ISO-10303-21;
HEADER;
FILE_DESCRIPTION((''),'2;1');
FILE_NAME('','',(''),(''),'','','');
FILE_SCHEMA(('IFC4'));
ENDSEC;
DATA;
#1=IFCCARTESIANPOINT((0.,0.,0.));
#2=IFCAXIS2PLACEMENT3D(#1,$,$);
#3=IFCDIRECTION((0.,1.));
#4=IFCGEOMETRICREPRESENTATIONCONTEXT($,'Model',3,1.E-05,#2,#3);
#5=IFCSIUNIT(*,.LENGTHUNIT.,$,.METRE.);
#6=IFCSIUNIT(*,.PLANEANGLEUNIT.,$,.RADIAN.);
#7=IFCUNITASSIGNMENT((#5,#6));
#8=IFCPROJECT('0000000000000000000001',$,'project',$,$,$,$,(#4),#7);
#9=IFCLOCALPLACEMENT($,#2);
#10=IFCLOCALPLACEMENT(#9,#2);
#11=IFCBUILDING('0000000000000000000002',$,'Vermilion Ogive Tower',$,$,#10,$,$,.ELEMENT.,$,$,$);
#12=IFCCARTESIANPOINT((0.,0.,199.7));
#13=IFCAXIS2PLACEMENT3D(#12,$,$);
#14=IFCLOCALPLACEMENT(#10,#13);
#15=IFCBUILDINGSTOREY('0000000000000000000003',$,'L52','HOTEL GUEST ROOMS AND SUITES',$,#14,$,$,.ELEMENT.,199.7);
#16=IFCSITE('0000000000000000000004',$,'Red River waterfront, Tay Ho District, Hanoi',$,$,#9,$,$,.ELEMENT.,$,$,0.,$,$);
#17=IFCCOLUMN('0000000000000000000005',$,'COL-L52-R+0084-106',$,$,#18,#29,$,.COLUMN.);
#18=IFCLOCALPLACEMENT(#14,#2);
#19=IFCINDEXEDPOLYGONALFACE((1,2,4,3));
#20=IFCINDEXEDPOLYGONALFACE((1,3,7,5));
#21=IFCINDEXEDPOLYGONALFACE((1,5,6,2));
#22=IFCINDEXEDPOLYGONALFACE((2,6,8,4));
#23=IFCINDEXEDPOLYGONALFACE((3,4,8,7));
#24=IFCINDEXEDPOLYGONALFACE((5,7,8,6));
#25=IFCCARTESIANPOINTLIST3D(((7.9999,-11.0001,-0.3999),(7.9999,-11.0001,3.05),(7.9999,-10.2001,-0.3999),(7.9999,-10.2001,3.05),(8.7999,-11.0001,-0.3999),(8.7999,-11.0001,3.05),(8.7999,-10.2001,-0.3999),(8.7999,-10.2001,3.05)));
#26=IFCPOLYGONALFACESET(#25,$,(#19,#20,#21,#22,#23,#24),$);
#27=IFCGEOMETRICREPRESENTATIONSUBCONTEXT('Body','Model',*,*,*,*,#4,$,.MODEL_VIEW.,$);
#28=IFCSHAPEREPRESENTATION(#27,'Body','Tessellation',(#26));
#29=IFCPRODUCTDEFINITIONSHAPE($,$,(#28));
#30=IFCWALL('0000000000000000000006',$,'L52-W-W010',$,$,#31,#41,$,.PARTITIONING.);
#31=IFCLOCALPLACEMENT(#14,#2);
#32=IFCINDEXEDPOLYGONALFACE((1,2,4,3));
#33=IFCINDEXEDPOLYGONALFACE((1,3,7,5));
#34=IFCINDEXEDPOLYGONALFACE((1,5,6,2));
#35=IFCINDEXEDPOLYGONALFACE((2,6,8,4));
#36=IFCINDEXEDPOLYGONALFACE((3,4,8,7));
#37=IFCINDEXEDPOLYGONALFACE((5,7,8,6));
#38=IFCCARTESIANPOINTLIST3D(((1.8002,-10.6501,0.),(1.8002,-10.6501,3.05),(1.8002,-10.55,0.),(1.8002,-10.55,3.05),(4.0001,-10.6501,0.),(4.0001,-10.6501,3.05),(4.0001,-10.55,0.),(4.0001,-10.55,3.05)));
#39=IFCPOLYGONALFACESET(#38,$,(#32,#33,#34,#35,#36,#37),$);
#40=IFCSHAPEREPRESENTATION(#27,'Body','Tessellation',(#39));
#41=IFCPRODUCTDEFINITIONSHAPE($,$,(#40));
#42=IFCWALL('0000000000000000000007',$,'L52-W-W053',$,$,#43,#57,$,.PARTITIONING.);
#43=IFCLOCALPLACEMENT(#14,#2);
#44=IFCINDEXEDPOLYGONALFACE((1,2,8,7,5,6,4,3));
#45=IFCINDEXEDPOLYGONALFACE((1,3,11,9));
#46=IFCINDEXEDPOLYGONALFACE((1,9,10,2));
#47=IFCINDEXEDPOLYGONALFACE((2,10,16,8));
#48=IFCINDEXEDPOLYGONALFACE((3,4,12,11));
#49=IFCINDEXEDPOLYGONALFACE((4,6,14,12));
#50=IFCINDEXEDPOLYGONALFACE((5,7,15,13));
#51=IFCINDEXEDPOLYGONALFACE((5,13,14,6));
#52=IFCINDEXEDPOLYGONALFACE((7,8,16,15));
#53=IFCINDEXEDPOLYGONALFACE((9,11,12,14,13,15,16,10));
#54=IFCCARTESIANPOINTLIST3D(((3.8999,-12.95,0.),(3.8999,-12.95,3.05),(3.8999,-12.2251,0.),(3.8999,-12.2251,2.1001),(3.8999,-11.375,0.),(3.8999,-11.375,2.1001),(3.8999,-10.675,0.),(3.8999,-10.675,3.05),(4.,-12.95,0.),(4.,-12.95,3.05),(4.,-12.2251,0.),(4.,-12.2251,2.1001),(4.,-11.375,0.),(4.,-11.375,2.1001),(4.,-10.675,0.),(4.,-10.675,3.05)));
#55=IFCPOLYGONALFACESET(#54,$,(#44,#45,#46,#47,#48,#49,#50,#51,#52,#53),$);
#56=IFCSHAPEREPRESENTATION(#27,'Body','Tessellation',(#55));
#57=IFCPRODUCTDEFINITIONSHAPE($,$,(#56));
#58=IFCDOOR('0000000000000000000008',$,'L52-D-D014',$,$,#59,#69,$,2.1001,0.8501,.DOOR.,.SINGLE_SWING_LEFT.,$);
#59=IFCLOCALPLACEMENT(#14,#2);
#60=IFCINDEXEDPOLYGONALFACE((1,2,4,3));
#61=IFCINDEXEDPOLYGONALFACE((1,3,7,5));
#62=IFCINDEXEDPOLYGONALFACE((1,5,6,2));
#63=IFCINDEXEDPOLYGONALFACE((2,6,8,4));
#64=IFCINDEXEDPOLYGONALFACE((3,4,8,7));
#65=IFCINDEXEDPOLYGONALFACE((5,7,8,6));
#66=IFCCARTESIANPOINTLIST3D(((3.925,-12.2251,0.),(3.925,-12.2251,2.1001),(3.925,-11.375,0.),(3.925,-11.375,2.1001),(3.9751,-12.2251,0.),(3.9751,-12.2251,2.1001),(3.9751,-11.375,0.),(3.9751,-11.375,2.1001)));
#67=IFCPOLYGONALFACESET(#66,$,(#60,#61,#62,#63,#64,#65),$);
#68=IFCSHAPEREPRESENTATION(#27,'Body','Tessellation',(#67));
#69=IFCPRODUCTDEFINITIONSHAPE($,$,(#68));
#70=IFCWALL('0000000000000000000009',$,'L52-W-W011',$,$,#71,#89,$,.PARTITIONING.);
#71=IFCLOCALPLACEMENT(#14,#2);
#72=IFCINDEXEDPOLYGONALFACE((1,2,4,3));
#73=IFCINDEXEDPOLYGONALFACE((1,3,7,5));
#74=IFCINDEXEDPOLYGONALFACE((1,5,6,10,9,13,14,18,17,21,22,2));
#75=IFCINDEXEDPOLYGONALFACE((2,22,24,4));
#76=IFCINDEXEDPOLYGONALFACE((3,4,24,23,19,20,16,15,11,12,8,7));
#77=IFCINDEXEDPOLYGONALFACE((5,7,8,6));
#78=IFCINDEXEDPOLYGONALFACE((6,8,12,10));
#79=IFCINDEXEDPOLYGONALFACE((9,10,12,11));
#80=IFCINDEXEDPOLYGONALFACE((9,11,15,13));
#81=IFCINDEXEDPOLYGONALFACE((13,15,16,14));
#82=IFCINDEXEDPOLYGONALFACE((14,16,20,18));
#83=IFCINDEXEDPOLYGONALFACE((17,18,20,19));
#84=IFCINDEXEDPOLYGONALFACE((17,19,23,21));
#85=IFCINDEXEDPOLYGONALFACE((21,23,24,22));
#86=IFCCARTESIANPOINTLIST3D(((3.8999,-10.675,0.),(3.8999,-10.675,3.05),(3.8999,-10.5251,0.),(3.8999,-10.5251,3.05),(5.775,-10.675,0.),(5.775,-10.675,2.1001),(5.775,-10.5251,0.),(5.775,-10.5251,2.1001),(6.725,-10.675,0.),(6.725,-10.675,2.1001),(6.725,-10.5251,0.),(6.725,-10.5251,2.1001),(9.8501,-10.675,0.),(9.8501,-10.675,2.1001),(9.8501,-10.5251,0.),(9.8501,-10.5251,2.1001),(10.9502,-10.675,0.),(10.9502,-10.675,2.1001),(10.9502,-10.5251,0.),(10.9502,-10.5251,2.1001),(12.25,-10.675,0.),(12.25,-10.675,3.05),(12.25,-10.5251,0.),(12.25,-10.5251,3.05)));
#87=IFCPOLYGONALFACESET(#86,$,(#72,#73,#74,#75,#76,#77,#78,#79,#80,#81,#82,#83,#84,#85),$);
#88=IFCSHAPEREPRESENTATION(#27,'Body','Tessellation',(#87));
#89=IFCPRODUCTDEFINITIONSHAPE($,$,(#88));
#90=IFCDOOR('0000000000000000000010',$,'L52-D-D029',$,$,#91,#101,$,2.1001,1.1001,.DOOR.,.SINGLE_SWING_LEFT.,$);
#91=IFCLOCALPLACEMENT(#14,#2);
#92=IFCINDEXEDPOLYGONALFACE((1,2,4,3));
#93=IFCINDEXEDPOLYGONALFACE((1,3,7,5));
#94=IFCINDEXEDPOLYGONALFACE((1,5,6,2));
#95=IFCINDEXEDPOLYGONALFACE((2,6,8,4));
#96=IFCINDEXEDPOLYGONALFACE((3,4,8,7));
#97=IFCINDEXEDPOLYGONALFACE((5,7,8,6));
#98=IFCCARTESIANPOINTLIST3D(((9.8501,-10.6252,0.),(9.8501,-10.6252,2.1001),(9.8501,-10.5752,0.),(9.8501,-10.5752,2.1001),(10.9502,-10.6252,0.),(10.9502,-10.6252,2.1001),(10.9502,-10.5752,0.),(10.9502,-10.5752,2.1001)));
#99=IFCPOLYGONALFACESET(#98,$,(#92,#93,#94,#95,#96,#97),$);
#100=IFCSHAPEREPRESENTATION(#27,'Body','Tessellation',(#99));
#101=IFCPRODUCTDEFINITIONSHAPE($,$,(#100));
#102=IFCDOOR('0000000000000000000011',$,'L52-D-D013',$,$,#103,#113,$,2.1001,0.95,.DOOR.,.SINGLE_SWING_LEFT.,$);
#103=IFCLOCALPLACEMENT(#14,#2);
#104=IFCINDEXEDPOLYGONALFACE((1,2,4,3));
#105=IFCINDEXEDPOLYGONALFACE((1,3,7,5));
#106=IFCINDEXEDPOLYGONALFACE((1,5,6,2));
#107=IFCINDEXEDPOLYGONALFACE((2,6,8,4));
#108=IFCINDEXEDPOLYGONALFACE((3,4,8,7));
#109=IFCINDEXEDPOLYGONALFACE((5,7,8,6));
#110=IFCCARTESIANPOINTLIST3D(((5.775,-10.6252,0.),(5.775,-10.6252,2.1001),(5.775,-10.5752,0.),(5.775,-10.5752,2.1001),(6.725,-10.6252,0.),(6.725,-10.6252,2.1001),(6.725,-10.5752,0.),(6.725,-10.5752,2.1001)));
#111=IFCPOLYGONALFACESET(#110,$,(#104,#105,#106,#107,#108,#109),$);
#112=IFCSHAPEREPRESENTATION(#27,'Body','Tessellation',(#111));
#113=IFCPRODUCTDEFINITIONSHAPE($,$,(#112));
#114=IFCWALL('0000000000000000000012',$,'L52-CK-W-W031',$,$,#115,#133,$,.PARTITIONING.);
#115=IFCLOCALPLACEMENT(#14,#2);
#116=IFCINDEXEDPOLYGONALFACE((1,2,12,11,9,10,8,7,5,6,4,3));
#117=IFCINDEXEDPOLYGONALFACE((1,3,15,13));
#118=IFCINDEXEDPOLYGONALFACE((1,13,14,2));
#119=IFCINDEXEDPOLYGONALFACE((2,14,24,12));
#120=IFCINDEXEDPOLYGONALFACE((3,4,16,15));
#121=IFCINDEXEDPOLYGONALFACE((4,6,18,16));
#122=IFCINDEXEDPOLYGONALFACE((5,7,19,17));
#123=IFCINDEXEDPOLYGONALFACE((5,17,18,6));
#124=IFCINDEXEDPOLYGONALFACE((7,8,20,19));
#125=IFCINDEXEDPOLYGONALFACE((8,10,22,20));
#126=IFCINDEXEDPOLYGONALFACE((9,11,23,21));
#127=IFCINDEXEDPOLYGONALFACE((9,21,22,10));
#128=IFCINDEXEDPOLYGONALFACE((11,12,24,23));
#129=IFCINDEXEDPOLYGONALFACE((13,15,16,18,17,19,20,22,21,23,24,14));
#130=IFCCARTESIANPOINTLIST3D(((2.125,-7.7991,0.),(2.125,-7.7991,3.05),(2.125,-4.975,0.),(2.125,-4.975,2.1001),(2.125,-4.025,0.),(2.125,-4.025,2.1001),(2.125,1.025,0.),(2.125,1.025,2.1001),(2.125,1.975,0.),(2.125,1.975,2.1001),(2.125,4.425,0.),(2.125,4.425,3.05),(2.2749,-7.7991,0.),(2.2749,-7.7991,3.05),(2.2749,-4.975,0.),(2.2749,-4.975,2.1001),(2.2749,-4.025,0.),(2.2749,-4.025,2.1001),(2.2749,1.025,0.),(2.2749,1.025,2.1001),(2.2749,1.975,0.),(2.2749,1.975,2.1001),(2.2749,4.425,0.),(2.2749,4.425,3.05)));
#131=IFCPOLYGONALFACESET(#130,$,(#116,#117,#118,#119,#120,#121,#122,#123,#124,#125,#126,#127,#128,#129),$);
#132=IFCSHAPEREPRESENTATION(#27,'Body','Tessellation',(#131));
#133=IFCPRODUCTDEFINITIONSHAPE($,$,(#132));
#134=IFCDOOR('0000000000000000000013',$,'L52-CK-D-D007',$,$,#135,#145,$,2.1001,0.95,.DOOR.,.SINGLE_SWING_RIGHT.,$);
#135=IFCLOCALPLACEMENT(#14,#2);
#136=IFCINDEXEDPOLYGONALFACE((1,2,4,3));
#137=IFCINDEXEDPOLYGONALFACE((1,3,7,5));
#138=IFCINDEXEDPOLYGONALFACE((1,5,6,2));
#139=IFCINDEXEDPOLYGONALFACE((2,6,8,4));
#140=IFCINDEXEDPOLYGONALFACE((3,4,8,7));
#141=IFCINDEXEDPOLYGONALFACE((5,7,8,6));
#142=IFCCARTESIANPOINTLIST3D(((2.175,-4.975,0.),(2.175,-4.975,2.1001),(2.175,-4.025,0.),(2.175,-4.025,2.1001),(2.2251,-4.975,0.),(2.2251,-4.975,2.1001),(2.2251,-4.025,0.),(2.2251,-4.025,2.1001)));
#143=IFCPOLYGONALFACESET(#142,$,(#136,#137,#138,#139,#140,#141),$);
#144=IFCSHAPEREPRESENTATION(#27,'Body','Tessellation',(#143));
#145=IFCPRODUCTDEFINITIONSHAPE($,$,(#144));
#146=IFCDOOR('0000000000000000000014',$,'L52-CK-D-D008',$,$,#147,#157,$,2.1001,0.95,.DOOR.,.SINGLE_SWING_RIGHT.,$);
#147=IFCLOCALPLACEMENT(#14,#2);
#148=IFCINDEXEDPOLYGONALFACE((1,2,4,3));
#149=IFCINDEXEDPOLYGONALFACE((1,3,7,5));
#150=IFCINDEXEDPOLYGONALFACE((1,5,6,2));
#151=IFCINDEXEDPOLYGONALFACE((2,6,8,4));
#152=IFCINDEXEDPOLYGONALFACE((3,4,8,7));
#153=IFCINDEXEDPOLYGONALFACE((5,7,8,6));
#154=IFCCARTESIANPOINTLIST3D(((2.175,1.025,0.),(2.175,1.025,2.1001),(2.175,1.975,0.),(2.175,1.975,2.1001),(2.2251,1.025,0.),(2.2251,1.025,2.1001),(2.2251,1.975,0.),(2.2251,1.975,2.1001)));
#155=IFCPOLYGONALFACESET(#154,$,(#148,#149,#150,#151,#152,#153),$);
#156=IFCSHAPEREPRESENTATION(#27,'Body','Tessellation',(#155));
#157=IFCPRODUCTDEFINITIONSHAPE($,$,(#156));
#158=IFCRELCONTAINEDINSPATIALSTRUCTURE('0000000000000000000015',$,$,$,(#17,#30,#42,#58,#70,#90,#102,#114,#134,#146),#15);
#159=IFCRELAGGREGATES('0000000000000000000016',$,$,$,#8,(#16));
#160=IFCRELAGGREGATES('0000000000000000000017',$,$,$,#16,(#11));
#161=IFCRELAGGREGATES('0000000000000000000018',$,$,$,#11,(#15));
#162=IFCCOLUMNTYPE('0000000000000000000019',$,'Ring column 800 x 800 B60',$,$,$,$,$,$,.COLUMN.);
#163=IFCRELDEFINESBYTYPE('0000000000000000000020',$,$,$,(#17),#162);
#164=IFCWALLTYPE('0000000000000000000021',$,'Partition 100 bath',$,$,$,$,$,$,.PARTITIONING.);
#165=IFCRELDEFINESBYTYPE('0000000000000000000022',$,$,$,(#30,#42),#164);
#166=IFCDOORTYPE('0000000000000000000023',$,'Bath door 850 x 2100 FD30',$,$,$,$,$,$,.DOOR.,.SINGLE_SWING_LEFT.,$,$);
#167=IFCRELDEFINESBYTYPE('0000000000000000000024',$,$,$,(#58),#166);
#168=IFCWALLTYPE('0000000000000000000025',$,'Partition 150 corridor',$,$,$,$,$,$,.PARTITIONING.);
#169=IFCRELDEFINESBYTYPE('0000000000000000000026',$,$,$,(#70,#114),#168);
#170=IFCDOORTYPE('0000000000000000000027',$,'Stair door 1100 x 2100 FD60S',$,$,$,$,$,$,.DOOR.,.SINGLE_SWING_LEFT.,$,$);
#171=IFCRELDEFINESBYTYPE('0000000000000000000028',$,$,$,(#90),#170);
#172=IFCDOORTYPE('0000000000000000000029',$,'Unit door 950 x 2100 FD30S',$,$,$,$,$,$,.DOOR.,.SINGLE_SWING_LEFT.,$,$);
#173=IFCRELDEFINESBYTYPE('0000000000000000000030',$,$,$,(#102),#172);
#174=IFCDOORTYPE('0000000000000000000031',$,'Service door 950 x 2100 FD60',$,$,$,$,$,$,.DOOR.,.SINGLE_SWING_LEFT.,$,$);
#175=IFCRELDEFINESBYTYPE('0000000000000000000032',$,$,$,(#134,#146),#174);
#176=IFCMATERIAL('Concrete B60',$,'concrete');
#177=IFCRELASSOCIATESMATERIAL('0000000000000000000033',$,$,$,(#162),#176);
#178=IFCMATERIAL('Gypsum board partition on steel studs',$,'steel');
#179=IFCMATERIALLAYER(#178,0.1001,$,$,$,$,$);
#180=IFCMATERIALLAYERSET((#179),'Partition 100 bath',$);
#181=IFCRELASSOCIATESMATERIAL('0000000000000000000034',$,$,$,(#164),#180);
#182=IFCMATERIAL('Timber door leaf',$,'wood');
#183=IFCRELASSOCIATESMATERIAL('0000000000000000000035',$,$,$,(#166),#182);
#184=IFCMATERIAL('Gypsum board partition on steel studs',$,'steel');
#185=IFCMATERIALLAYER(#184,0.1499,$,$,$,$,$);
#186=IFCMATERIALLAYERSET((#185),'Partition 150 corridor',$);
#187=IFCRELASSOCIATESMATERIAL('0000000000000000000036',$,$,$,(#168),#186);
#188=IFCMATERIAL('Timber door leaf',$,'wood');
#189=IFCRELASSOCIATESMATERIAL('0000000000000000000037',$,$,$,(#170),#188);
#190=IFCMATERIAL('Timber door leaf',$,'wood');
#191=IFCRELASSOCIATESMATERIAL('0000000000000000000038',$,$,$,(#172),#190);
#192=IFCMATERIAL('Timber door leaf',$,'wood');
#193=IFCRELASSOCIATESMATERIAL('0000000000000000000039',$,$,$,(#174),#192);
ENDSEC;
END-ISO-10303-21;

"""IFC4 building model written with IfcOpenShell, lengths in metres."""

from ifc_helpers import new_model, si_unit, direction, frame, frame_2d, origin, origin_2d, place, context, subcontext, project, spatial, rectangle, extrude, material, layer, layer_set, material_profile, profile_set, type_object, element, fill, save


model = new_model("IFC4")

# Units and contexts
model_context = context("Model", 3, precision=1e-05, world=origin(), true_north=direction((0.0, 1.0)))
body_context = subcontext(model_context, "Body", "Model", "MODEL_VIEW")
ifc_project = project(units=[si_unit("LENGTHUNIT", "METRE"), si_unit("PLANEANGLEUNIT", "RADIAN")], contexts=[model_context])

# Site, building, storey
site_placement = place(None, origin())
site = spatial("IfcSite", under=ifc_project, at=site_placement, Name="Red River waterfront, Tay Ho District, Hanoi", CompositionType="ELEMENT", RefElevation=0.0)
building_placement = place(site_placement, origin())
building = spatial("IfcBuilding", under=site, at=building_placement, Name="Vermilion Ogive Tower", CompositionType="ELEMENT")
storey_placement = place(building_placement, frame((0.0, 0.0, 199.7)))
storey = spatial("IfcBuildingStorey", under=building, at=storey_placement, Name="L52", Description="HOTEL GUEST ROOMS AND SUITES", CompositionType="ELEMENT", Elevation=199.7)

# Column
ifc_material_1 = material(Name="Concrete B60", Category="concrete")
ifc_material_profile = material_profile(ifc_material_1, rectangle(XDim=0.8, YDim=0.8, at=origin_2d()), Name="800 x 800")
ifc_profile_set = profile_set([ifc_material_profile], Name="Concrete B60")
column_type = type_object("IfcColumnType", Name="Ring column 800 x 800 B60", PredefinedType="COLUMN", material=ifc_profile_set)
column_placement = place(storey_placement, frame((8.3999, -10.6001, -0.3999), z_axis=(0.0, 0.0, 1.0), x_axis=(1.0, 0.0, 0.0)))
element("IfcColumn", 1, at=column_placement, inside=storey, type_object=column_type, Name="COL-L52-R+0084-106", PredefinedType="COLUMN", context=body_context, shape_type="SweptSolid", body=[
    extrude(rectangle(XDim=0.8, YDim=0.8, at=origin_2d()), origin(), (0.0, 0.0, 1.0), 3.45),
])

# Wall
ifc_material_2 = material(Name="Gypsum board partition on steel studs", Category="steel")
ifc_layer_1 = layer(ifc_material_2, 0.1001)
ifc_layer_set_1 = layer_set([ifc_layer_1], Name="Partition 100 bath")
wall_type_1 = type_object("IfcWallType", Name="Partition 100 bath", PredefinedType="PARTITIONING", material=ifc_layer_set_1)
wall_1_placement = place(storey_placement, frame((1.8, -10.6001, 0.0), z_axis=(0.0, 0.0, 1.0), x_axis=(1.0, 0.0, 0.0)))
element("IfcWall", 2, at=wall_1_placement, inside=storey, type_object=wall_type_1, Name="L52-W-W010", PredefinedType="PARTITIONING", context=body_context, shape_type="SweptSolid", body=[
    extrude(rectangle(XDim=2.2, YDim=0.1001, at=frame_2d((1.1001, 0.0))), origin(), (0.0, 0.0, 1.0), 3.05),
])

# Wall, opening, door
wall_2_placement = place(storey_placement, frame((3.95, -12.95, 0.0), z_axis=(0.0, 0.0, 1.0), x_axis=(0.0, 1.0, 0.0)))
wall_2 = element("IfcWall", 3, at=wall_2_placement, inside=storey, type_object=wall_type_1, Name="L52-W-W053", PredefinedType="PARTITIONING", context=body_context, shape_type="SweptSolid", body=[
    extrude(rectangle(XDim=2.2749, YDim=0.1001, at=frame_2d((1.1375, 0.0))), origin(), (0.0, 0.0, 1.0), 3.05),
])
opening_1_placement = place(wall_2_placement, frame((0.7249, 0.0, 0.0)))
opening_1 = element("IfcOpeningElement", 4, at=opening_1_placement, cuts=wall_2, PredefinedType="OPENING", context=body_context, shape_type="SweptSolid", body=[
    extrude(rectangle(XDim=0.8501, YDim=2.1001, at=frame_2d((0.425, 1.05))), frame((0.0, 0.0601, 0.0), z_axis=(0.0, -1.0, 0.0), x_axis=(1.0, 0.0, 0.0)), (0.0, 0.0, 1.0), 0.1201),
])
ifc_material_3 = material(Name="Timber door leaf", Category="wood")
door_type_1 = type_object("IfcDoorType", Name="Bath door 850 x 2100 FD30", OperationType="SINGLE_SWING_LEFT", PredefinedType="DOOR", material=ifc_material_3)
door_1_placement = place(opening_1_placement, origin())
door_1 = element("IfcDoor", 5, at=door_1_placement, inside=storey, type_object=door_type_1, Name="L52-D-D014", OperationType="SINGLE_SWING_LEFT", OverallHeight=2.1001, OverallWidth=0.8501, PredefinedType="DOOR", context=body_context, shape_type="SweptSolid", body=[
    extrude(rectangle(XDim=0.8501, YDim=2.1001, at=frame_2d((0.425, 1.05))), frame((0.0, 0.0249, 0.0), z_axis=(0.0, -1.0, 0.0), x_axis=(1.0, 0.0, 0.0)), (0.0, 0.0, 1.0), 0.05),
])
fill(opening_1, door_1)

# Walls, openings, doors
ifc_material_4 = material(Name="Gypsum board partition on steel studs", Category="steel")
ifc_layer_2 = layer(ifc_material_4, 0.1499)
ifc_layer_set_2 = layer_set([ifc_layer_2], Name="Partition 150 corridor")
wall_type_2 = type_object("IfcWallType", Name="Partition 150 corridor", PredefinedType="PARTITIONING", material=ifc_layer_set_2)
wall_3_placement = place(storey_placement, frame((3.8999, -10.6001, 0.0), z_axis=(0.0, 0.0, 1.0), x_axis=(1.0, 0.0, 0.0)))
wall_3 = element("IfcWall", 6, at=wall_3_placement, inside=storey, type_object=wall_type_2, Name="L52-W-W011", PredefinedType="PARTITIONING", context=body_context, shape_type="SweptSolid", body=[
    extrude(rectangle(XDim=8.3501, YDim=0.1499, at=frame_2d((4.175, 0.0))), origin(), (0.0, 0.0, 1.0), 3.05),
])
opening_2_placement = place(wall_3_placement, frame((1.875, 0.0, 0.0)))
opening_2 = element("IfcOpeningElement", 7, at=opening_2_placement, cuts=wall_3, PredefinedType="OPENING", context=body_context, shape_type="SweptSolid", body=[
    extrude(rectangle(XDim=0.95, YDim=2.1001, at=frame_2d((0.4751, 1.05))), frame((0.0, 0.085, 0.0), z_axis=(0.0, -1.0, 0.0), x_axis=(1.0, 0.0, 0.0)), (0.0, 0.0, 1.0), 0.1699),
])
opening_3_placement = place(wall_3_placement, frame((5.9502, 0.0, 0.0)))
opening_3 = element("IfcOpeningElement", 8, at=opening_3_placement, cuts=wall_3, PredefinedType="OPENING", context=body_context, shape_type="SweptSolid", body=[
    extrude(rectangle(XDim=1.1001, YDim=2.1001, at=frame_2d((0.55, 1.05))), frame((0.0, 0.085, 0.0), z_axis=(0.0, -1.0, 0.0), x_axis=(1.0, 0.0, 0.0)), (0.0, 0.0, 1.0), 0.1699),
])
ifc_material_5 = material(Name="Timber door leaf", Category="wood")
door_type_2 = type_object("IfcDoorType", Name="Stair door 1100 x 2100 FD60S", OperationType="SINGLE_SWING_LEFT", PredefinedType="DOOR", material=ifc_material_5)
door_2_placement = place(opening_3_placement, origin())
door_2 = element("IfcDoor", 9, at=door_2_placement, inside=storey, type_object=door_type_2, Name="L52-D-D029", OperationType="SINGLE_SWING_LEFT", OverallHeight=2.1001, OverallWidth=1.1001, PredefinedType="DOOR", context=body_context, shape_type="SweptSolid", body=[
    extrude(rectangle(XDim=1.1001, YDim=2.1001, at=frame_2d((0.55, 1.05))), frame((0.0, 0.0249, 0.0), z_axis=(0.0, -1.0, 0.0), x_axis=(1.0, 0.0, 0.0)), (0.0, 0.0, 1.0), 0.05),
])
fill(opening_3, door_2)
ifc_material_6 = material(Name="Timber door leaf", Category="wood")
door_type_3 = type_object("IfcDoorType", Name="Unit door 950 x 2100 FD30S", OperationType="SINGLE_SWING_LEFT", PredefinedType="DOOR", material=ifc_material_6)
door_3_placement = place(opening_2_placement, origin())
door_3 = element("IfcDoor", 10, at=door_3_placement, inside=storey, type_object=door_type_3, Name="L52-D-D013", OperationType="SINGLE_SWING_LEFT", OverallHeight=2.1001, OverallWidth=0.95, PredefinedType="DOOR", context=body_context, shape_type="SweptSolid", body=[
    extrude(rectangle(XDim=0.95, YDim=2.1001, at=frame_2d((0.4751, 1.05))), frame((0.0, 0.0249, 0.0), z_axis=(0.0, -1.0, 0.0), x_axis=(1.0, 0.0, 0.0)), (0.0, 0.0, 1.0), 0.05),
])
fill(opening_2, door_3)
wall_4_placement = place(storey_placement, frame((2.2, -7.7991, 0.0), z_axis=(0.0, 0.0, 1.0), x_axis=(0.0, 1.0, 0.0)))
wall_4 = element("IfcWall", 11, at=wall_4_placement, inside=storey, type_object=wall_type_2, Name="L52-CK-W-W031", PredefinedType="PARTITIONING", context=body_context, shape_type="SweptSolid", body=[
    extrude(rectangle(XDim=12.2241, YDim=0.1499, at=frame_2d((6.1121, 0.0))), origin(), (0.0, 0.0, 1.0), 3.05),
])
opening_4_placement = place(wall_4_placement, frame((2.824, 0.0, 0.0)))
opening_4 = element("IfcOpeningElement", 12, at=opening_4_placement, cuts=wall_4, PredefinedType="OPENING", context=body_context, shape_type="SweptSolid", body=[
    extrude(rectangle(XDim=0.95, YDim=2.1001, at=frame_2d((0.4751, 1.05))), frame((0.0, 0.085, 0.0), z_axis=(0.0, -1.0, 0.0), x_axis=(1.0, 0.0, 0.0)), (0.0, 0.0, 1.0), 0.1699),
])
opening_5_placement = place(wall_4_placement, frame((8.824, 0.0, 0.0)))
opening_5 = element("IfcOpeningElement", 13, at=opening_5_placement, cuts=wall_4, PredefinedType="OPENING", context=body_context, shape_type="SweptSolid", body=[
    extrude(rectangle(XDim=0.95, YDim=2.1001, at=frame_2d((0.4751, 1.05))), frame((0.0, 0.085, 0.0), z_axis=(0.0, -1.0, 0.0), x_axis=(1.0, 0.0, 0.0)), (0.0, 0.0, 1.0), 0.1699),
])
ifc_material_7 = material(Name="Timber door leaf", Category="wood")
door_type_4 = type_object("IfcDoorType", Name="Service door 950 x 2100 FD60", OperationType="SINGLE_SWING_LEFT", PredefinedType="DOOR", material=ifc_material_7)
door_4_placement = place(opening_4_placement, origin())
door_4 = element("IfcDoor", 14, at=door_4_placement, inside=storey, type_object=door_type_4, Name="L52-CK-D-D007", OperationType="SINGLE_SWING_RIGHT", OverallHeight=2.1001, OverallWidth=0.95, PredefinedType="DOOR", context=body_context, shape_type="SweptSolid", body=[
    extrude(rectangle(XDim=0.95, YDim=2.1001, at=frame_2d((0.4751, 1.05))), frame((0.0, 0.0249, 0.0), z_axis=(0.0, -1.0, 0.0), x_axis=(1.0, 0.0, 0.0)), (0.0, 0.0, 1.0), 0.05),
])
fill(opening_4, door_4)
door_5_placement = place(opening_5_placement, origin())
door_5 = element("IfcDoor", 15, at=door_5_placement, inside=storey, type_object=door_type_4, Name="L52-CK-D-D008", OperationType="SINGLE_SWING_RIGHT", OverallHeight=2.1001, OverallWidth=0.95, PredefinedType="DOOR", context=body_context, shape_type="SweptSolid", body=[
    extrude(rectangle(XDim=0.95, YDim=2.1001, at=frame_2d((0.4751, 1.05))), frame((0.0, 0.0249, 0.0), z_axis=(0.0, -1.0, 0.0), x_axis=(1.0, 0.0, 0.0)), (0.0, 0.0, 1.0), 0.05),
])
fill(opening_5, door_5)

save(model, "model.ifc")
